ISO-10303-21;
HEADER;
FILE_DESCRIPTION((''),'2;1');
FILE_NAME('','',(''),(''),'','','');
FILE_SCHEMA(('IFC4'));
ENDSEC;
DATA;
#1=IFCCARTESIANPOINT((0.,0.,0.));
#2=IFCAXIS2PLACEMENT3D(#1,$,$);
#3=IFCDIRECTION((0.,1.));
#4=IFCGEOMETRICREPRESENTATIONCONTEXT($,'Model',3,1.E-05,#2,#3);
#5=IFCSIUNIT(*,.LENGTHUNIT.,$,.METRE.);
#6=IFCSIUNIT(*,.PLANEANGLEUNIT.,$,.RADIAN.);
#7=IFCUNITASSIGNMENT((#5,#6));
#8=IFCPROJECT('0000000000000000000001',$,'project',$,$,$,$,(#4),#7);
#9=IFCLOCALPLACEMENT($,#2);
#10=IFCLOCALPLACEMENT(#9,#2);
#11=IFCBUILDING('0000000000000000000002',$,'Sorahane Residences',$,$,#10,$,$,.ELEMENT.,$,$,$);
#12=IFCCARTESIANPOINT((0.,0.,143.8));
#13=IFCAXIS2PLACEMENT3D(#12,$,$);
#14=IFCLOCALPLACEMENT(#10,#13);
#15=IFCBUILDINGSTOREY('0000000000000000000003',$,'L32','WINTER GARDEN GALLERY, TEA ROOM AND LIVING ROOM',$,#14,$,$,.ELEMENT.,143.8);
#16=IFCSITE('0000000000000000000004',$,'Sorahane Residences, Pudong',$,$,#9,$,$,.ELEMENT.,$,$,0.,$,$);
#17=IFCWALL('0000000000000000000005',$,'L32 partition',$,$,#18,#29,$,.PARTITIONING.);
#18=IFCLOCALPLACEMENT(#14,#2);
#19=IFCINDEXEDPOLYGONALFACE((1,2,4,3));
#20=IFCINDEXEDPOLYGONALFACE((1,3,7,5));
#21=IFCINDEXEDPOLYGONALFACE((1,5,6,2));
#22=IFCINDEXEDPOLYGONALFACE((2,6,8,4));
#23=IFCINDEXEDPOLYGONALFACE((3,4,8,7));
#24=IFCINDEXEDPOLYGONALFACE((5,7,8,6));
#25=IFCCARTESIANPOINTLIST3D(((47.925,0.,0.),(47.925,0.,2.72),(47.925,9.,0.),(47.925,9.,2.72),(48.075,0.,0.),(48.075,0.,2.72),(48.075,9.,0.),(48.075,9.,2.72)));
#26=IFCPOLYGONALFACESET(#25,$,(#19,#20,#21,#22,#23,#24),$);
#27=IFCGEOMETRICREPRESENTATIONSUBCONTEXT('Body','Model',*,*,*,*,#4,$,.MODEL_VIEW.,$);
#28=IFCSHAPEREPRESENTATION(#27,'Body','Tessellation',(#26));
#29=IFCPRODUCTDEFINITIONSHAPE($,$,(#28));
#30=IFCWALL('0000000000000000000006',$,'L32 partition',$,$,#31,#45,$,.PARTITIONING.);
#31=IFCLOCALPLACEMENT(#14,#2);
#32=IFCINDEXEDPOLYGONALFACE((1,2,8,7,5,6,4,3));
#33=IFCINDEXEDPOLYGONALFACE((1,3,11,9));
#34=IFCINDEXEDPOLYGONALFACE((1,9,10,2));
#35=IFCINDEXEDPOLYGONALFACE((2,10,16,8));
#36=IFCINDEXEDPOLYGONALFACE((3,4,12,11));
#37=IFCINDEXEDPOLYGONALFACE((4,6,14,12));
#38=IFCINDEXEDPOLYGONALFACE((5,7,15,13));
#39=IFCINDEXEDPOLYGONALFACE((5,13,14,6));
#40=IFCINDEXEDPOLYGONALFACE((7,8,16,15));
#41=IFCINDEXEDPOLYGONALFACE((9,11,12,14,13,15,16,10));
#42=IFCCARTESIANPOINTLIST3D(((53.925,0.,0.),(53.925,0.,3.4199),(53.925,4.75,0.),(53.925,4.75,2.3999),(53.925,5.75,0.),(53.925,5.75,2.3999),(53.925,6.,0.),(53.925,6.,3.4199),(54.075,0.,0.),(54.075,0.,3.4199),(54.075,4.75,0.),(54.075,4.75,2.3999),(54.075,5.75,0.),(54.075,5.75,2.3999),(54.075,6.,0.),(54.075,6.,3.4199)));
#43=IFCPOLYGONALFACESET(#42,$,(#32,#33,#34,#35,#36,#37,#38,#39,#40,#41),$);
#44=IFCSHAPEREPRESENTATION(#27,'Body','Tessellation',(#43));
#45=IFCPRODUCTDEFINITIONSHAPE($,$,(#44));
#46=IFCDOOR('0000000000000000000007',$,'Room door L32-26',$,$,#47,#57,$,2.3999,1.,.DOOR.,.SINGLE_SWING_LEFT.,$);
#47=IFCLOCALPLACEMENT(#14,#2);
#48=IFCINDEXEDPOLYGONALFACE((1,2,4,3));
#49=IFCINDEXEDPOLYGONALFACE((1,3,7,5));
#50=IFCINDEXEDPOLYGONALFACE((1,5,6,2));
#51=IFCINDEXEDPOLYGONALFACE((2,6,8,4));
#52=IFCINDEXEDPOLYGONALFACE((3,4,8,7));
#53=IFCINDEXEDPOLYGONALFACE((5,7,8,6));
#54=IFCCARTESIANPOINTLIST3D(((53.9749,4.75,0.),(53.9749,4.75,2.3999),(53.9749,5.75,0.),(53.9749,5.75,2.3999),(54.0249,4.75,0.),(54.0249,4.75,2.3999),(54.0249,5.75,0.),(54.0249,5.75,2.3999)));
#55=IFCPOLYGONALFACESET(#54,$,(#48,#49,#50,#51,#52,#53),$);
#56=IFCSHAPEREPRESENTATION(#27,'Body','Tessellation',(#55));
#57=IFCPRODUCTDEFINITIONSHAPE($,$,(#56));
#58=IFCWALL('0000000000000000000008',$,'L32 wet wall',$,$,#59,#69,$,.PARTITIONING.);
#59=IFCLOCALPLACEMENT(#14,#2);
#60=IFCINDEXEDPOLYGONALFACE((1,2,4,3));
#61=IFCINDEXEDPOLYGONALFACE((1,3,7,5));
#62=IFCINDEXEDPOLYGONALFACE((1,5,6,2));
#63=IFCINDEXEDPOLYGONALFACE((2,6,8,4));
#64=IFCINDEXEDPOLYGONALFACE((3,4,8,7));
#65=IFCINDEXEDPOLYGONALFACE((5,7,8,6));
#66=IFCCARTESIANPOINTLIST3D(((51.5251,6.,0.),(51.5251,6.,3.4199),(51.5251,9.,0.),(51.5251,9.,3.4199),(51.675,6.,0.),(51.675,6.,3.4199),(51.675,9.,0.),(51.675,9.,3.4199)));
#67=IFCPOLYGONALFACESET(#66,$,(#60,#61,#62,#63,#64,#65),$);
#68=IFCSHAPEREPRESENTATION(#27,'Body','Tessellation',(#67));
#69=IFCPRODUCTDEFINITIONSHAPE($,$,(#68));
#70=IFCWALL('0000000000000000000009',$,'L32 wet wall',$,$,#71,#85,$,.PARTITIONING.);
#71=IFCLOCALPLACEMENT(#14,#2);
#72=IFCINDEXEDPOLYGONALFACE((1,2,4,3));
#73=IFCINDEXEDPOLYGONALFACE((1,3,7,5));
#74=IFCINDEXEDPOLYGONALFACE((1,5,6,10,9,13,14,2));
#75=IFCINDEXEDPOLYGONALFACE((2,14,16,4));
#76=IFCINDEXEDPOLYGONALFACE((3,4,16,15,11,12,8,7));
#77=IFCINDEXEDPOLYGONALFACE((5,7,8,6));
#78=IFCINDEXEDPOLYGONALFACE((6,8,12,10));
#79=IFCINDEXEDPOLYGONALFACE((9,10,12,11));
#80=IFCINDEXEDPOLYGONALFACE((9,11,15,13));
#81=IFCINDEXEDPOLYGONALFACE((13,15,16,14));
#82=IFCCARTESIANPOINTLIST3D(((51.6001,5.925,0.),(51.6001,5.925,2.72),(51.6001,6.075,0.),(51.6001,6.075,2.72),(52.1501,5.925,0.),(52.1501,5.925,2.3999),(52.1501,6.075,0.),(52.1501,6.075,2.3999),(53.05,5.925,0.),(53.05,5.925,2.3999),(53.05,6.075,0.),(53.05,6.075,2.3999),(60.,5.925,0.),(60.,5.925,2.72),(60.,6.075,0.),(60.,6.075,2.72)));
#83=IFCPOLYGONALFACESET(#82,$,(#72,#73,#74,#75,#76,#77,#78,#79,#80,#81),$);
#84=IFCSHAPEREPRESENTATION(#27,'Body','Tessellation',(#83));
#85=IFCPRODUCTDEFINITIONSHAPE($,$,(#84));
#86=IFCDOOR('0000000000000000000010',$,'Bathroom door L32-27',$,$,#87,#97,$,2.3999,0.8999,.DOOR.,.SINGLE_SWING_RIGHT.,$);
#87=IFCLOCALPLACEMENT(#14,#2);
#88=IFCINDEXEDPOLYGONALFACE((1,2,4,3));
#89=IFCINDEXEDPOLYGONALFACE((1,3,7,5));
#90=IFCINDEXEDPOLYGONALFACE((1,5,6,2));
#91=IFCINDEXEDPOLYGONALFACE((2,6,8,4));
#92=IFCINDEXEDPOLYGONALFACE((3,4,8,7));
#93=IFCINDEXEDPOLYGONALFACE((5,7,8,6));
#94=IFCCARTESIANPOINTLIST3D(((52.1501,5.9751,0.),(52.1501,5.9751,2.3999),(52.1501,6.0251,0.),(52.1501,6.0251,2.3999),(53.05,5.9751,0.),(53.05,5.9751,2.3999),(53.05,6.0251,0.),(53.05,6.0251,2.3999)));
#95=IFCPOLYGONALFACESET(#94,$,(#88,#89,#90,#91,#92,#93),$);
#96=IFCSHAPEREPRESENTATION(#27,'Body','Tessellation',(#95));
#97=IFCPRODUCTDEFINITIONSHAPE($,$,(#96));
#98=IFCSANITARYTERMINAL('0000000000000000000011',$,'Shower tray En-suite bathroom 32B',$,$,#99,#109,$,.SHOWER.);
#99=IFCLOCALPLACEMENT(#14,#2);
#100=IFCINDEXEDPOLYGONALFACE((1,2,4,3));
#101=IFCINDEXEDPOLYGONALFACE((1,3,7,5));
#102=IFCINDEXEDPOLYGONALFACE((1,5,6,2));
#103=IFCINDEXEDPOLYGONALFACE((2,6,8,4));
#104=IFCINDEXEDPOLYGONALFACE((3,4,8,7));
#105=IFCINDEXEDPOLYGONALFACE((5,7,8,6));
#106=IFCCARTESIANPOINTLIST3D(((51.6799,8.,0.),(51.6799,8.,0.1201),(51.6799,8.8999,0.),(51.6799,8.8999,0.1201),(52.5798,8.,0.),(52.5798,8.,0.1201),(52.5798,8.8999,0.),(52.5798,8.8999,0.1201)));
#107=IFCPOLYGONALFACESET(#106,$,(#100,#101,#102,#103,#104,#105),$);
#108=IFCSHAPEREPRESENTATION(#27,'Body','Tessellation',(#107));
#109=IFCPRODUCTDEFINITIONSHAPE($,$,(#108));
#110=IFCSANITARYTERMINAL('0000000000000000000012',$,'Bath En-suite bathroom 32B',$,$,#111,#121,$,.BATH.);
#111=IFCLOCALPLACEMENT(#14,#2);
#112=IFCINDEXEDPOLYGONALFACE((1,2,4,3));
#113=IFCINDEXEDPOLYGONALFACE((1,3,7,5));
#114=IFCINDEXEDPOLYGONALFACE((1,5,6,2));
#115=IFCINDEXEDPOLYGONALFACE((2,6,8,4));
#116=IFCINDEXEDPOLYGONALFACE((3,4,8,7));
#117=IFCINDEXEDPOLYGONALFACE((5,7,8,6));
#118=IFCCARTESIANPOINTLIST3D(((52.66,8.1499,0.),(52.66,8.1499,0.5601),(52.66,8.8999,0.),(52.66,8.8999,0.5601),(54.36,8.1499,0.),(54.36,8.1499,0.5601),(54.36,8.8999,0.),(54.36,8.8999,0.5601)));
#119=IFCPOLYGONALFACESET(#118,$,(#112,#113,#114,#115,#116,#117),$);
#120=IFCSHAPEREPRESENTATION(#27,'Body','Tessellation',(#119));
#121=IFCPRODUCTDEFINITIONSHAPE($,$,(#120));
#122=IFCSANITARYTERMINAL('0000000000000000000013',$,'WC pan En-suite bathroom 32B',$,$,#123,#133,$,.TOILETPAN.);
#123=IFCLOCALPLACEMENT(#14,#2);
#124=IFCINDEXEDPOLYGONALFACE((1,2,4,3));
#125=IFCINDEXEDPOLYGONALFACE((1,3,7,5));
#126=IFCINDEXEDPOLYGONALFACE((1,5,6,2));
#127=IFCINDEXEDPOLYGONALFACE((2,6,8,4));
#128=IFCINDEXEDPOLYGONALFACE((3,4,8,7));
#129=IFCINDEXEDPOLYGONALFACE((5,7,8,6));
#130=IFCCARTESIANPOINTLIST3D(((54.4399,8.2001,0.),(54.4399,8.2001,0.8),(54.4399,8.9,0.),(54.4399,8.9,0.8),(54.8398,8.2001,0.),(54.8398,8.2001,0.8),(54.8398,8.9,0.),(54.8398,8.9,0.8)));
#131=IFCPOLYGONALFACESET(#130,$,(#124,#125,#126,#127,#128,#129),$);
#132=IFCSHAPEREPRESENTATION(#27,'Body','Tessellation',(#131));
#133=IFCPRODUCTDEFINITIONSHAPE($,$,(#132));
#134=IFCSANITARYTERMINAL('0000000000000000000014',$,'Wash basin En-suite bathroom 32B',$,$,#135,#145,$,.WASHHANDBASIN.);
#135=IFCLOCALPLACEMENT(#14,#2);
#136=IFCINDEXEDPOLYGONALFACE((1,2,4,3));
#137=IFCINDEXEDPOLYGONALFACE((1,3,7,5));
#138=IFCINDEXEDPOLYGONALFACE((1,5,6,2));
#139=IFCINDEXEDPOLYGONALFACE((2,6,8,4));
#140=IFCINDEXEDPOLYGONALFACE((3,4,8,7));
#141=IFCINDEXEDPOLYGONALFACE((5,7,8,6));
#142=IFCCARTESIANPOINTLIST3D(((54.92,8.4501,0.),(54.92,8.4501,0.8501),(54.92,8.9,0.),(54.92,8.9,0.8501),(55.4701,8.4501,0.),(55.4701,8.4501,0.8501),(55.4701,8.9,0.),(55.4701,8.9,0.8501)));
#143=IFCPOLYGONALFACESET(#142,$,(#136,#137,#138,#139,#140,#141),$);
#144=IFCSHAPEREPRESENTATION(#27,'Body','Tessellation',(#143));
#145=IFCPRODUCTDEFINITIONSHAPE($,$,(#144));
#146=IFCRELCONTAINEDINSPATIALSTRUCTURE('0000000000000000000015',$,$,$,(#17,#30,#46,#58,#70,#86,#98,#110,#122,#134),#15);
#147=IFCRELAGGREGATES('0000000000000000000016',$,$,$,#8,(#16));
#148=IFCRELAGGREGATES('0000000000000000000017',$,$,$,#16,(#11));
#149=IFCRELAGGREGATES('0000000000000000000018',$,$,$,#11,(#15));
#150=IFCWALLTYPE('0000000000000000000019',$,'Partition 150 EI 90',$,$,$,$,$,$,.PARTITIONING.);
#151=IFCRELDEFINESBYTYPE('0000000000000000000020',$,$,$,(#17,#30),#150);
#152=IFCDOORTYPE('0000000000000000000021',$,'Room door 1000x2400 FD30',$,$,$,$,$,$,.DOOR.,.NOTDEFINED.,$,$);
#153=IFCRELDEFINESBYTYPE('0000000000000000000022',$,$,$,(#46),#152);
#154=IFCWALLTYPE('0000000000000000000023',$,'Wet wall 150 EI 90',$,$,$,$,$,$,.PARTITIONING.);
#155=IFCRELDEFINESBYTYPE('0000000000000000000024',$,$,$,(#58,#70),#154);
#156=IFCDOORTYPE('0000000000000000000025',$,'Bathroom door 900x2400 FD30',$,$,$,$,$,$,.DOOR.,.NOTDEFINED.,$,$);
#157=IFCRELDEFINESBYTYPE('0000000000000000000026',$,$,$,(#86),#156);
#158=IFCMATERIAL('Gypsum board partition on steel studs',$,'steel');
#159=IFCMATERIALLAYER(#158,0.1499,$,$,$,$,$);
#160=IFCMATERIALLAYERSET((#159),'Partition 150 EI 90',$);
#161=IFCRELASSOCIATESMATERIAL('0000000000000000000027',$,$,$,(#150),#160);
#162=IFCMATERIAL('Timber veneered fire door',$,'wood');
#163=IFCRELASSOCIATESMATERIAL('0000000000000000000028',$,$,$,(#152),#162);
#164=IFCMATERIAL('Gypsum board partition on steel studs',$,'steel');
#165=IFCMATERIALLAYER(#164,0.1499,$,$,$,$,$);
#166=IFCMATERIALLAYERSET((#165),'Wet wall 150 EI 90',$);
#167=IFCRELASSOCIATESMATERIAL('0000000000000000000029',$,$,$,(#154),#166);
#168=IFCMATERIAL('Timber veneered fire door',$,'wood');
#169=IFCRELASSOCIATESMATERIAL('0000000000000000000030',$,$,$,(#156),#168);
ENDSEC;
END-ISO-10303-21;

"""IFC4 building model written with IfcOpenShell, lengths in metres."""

from ifc_helpers import new_model, si_unit, direction, frame, frame_2d, origin, origin_2d, place, context, subcontext, project, spatial, rectangle, extrude, material, layer, layer_set, type_object, element, fill, save


model = new_model("IFC4")

# Units and contexts
model_context = context("Model", 3, precision=1e-05, world=origin(), true_north=direction((0.0, 1.0)))
body_context = subcontext(model_context, "Body", "Model", "MODEL_VIEW")
ifc_project = project(units=[si_unit("LENGTHUNIT", "METRE"), si_unit("PLANEANGLEUNIT", "RADIAN")], contexts=[model_context])

# Site, building, storey
site_placement = place(None, origin())
site = spatial("IfcSite", under=ifc_project, at=site_placement, Name="Sorahane Residences, Pudong", CompositionType="ELEMENT", RefElevation=0.0)
building_placement = place(site_placement, origin())
building = spatial("IfcBuilding", under=site, at=building_placement, Name="Sorahane Residences", CompositionType="ELEMENT")
storey_placement = place(building_placement, frame((0.0, 0.0, 143.8)))
storey = spatial("IfcBuildingStorey", under=building, at=storey_placement, Name="L32", Description="WINTER GARDEN GALLERY, TEA ROOM AND LIVING ROOM", CompositionType="ELEMENT", Elevation=143.8)

# Wall
ifc_material_1 = material(Name="Gypsum board partition on steel studs", Category="steel")
ifc_layer_1 = layer(ifc_material_1, 0.1499)
ifc_layer_set_1 = layer_set([ifc_layer_1], Name="Partition 150 EI 90")
wall_type_1 = type_object("IfcWallType", Name="Partition 150 EI 90", PredefinedType="PARTITIONING", material=ifc_layer_set_1)
wall_1_placement = place(storey_placement, frame((48.0, 0.0, 0.0), z_axis=(0.0, 0.0, 1.0), x_axis=(0.0, 1.0, 0.0)))
element("IfcWall", 1, at=wall_1_placement, inside=storey, type_object=wall_type_1, Name="L32 partition", PredefinedType="PARTITIONING", context=body_context, shape_type="SweptSolid", body=[
    extrude(rectangle(XDim=9.0, YDim=0.1499, at=frame_2d((4.5, 0.0))), origin(), (0.0, 0.0, 1.0), 2.72),
])

# Wall, opening, door
wall_2_placement = place(storey_placement, frame((54.0, 0.0, 0.0), z_axis=(0.0, 0.0, 1.0), x_axis=(0.0, 1.0, 0.0)))
wall_2 = element("IfcWall", 2, at=wall_2_placement, inside=storey, type_object=wall_type_1, Name="L32 partition", PredefinedType="PARTITIONING", context=body_context, shape_type="SweptSolid", body=[
    extrude(rectangle(XDim=6.0, YDim=0.1499, at=frame_2d((3.0, 0.0))), origin(), (0.0, 0.0, 1.0), 3.4199),
])
opening_1_placement = place(wall_2_placement, frame((4.75, 0.0, 0.0)))
opening_1 = element("IfcOpeningElement", 3, at=opening_1_placement, cuts=wall_2, PredefinedType="OPENING", context=body_context, shape_type="SweptSolid", body=[
    extrude(rectangle(XDim=1.0, YDim=2.3999, at=frame_2d((0.5, 1.2))), frame((0.0, 0.085, 0.0), z_axis=(0.0, -1.0, 0.0), x_axis=(1.0, 0.0, 0.0)), (0.0, 0.0, 1.0), 0.1699),
])
ifc_material_2 = material(Name="Timber veneered fire door", Category="wood")
door_type_1 = type_object("IfcDoorType", Name="Room door 1000x2400 FD30", OperationType="NOTDEFINED", PredefinedType="DOOR", material=ifc_material_2)
door_1_placement = place(opening_1_placement, frame((1.0, 0.0, 0.0), z_axis=(0.0, 0.0, 1.0), x_axis=(-1.0, 0.0, 0.0)))
door_1 = element("IfcDoor", 4, at=door_1_placement, inside=storey, type_object=door_type_1, Name="Room door L32-26", OperationType="SINGLE_SWING_LEFT", OverallHeight=2.3999, OverallWidth=1.0, PredefinedType="DOOR", context=body_context, shape_type="SweptSolid", body=[
    extrude(rectangle(XDim=1.0, YDim=2.3999, at=frame_2d((0.5, 1.2))), frame((0.0, 0.0249, 0.0), z_axis=(0.0, -1.0, 0.0), x_axis=(1.0, 0.0, 0.0)), (0.0, 0.0, 1.0), 0.05),
])
fill(opening_1, door_1)

# Wall
ifc_material_3 = material(Name="Gypsum board partition on steel studs", Category="steel")
ifc_layer_2 = layer(ifc_material_3, 0.1499)
ifc_layer_set_2 = layer_set([ifc_layer_2], Name="Wet wall 150 EI 90")
wall_type_2 = type_object("IfcWallType", Name="Wet wall 150 EI 90", PredefinedType="PARTITIONING", material=ifc_layer_set_2)
wall_3_placement = place(storey_placement, frame((51.6001, 6.0, 0.0), z_axis=(0.0, 0.0, 1.0), x_axis=(0.0, 1.0, 0.0)))
element("IfcWall", 5, at=wall_3_placement, inside=storey, type_object=wall_type_2, Name="L32 wet wall", PredefinedType="PARTITIONING", context=body_context, shape_type="SweptSolid", body=[
    extrude(rectangle(XDim=3.0, YDim=0.1499, at=frame_2d((1.5, 0.0))), origin(), (0.0, 0.0, 1.0), 3.4199),
])

# Wall, opening, door
wall_4_placement = place(storey_placement, frame((51.6001, 6.0, 0.0), z_axis=(0.0, 0.0, 1.0), x_axis=(1.0, 0.0, 0.0)))
wall_4 = element("IfcWall", 6, at=wall_4_placement, inside=storey, type_object=wall_type_2, Name="L32 wet wall", PredefinedType="PARTITIONING", context=body_context, shape_type="SweptSolid", body=[
    extrude(rectangle(XDim=8.3999, YDim=0.1499, at=frame_2d((4.2, 0.0))), origin(), (0.0, 0.0, 1.0), 2.72),
])
opening_2_placement = place(wall_4_placement, frame((0.55, 0.0, 0.0)))
opening_2 = element("IfcOpeningElement", 7, at=opening_2_placement, cuts=wall_4, PredefinedType="OPENING", context=body_context, shape_type="SweptSolid", body=[
    extrude(rectangle(XDim=0.8999, YDim=2.3999, at=frame_2d((0.45, 1.2))), frame((0.0, 0.085, 0.0), z_axis=(0.0, -1.0, 0.0), x_axis=(1.0, 0.0, 0.0)), (0.0, 0.0, 1.0), 0.1699),
])
ifc_material_4 = material(Name="Timber veneered fire door", Category="wood")
door_type_2 = type_object("IfcDoorType", Name="Bathroom door 900x2400 FD30", OperationType="NOTDEFINED", PredefinedType="DOOR", material=ifc_material_4)
door_2_placement = place(opening_2_placement, frame((0.8999, 0.0, 0.0), z_axis=(0.0, 0.0, 1.0), x_axis=(-1.0, 0.0, 0.0)))
door_2 = element("IfcDoor", 8, at=door_2_placement, inside=storey, type_object=door_type_2, Name="Bathroom door L32-27", OperationType="SINGLE_SWING_RIGHT", OverallHeight=2.3999, OverallWidth=0.8999, PredefinedType="DOOR", context=body_context, shape_type="SweptSolid", body=[
    extrude(rectangle(XDim=0.8999, YDim=2.3999, at=frame_2d((0.45, 1.2))), frame((0.0, 0.0249, 0.0), z_axis=(0.0, -1.0, 0.0), x_axis=(1.0, 0.0, 0.0)), (0.0, 0.0, 1.0), 0.05),
])
fill(opening_2, door_2)

# Sanitary terminals
sanitary_terminal_1_placement = place(storey_placement, frame((52.1299, 8.45, 0.0), z_axis=(0.0, 0.0, 1.0), x_axis=(1.0, 0.0, 0.0)))
element("IfcSanitaryTerminal", 9, at=sanitary_terminal_1_placement, inside=storey, Name="Shower tray En-suite bathroom 32B", PredefinedType="SHOWER", context=body_context, shape_type="SweptSolid", body=[
    extrude(rectangle(XDim=0.8999, YDim=0.8999, at=origin_2d()), origin(), (0.0, 0.0, 1.0), 0.1201),
])
sanitary_terminal_2_placement = place(storey_placement, frame((53.51, 8.5249, 0.0), z_axis=(0.0, 0.0, 1.0), x_axis=(1.0, 0.0, 0.0)))
element("IfcSanitaryTerminal", 10, at=sanitary_terminal_2_placement, inside=storey, Name="Bath En-suite bathroom 32B", PredefinedType="BATH", context=body_context, shape_type="SweptSolid", body=[
    extrude(rectangle(XDim=1.7, YDim=0.75, at=origin_2d()), origin(), (0.0, 0.0, 1.0), 0.5601),
])
sanitary_terminal_3_placement = place(storey_placement, frame((54.6399, 8.55, 0.0), z_axis=(0.0, 0.0, 1.0), x_axis=(1.0, 0.0, 0.0)))
element("IfcSanitaryTerminal", 11, at=sanitary_terminal_3_placement, inside=storey, Name="WC pan En-suite bathroom 32B", PredefinedType="TOILETPAN", context=body_context, shape_type="SweptSolid", body=[
    extrude(rectangle(XDim=0.3999, YDim=0.7, at=origin_2d()), origin(), (0.0, 0.0, 1.0), 0.8),
])
sanitary_terminal_4_placement = place(storey_placement, frame((55.1951, 8.675, 0.0), z_axis=(0.0, 0.0, 1.0), x_axis=(1.0, 0.0, 0.0)))
element("IfcSanitaryTerminal", 12, at=sanitary_terminal_4_placement, inside=storey, Name="Wash basin En-suite bathroom 32B", PredefinedType="WASHHANDBASIN", context=body_context, shape_type="SweptSolid", body=[
    extrude(rectangle(XDim=0.55, YDim=0.45, at=origin_2d()), origin(), (0.0, 0.0, 1.0), 0.8501),
])

save(model, "model.ifc")
